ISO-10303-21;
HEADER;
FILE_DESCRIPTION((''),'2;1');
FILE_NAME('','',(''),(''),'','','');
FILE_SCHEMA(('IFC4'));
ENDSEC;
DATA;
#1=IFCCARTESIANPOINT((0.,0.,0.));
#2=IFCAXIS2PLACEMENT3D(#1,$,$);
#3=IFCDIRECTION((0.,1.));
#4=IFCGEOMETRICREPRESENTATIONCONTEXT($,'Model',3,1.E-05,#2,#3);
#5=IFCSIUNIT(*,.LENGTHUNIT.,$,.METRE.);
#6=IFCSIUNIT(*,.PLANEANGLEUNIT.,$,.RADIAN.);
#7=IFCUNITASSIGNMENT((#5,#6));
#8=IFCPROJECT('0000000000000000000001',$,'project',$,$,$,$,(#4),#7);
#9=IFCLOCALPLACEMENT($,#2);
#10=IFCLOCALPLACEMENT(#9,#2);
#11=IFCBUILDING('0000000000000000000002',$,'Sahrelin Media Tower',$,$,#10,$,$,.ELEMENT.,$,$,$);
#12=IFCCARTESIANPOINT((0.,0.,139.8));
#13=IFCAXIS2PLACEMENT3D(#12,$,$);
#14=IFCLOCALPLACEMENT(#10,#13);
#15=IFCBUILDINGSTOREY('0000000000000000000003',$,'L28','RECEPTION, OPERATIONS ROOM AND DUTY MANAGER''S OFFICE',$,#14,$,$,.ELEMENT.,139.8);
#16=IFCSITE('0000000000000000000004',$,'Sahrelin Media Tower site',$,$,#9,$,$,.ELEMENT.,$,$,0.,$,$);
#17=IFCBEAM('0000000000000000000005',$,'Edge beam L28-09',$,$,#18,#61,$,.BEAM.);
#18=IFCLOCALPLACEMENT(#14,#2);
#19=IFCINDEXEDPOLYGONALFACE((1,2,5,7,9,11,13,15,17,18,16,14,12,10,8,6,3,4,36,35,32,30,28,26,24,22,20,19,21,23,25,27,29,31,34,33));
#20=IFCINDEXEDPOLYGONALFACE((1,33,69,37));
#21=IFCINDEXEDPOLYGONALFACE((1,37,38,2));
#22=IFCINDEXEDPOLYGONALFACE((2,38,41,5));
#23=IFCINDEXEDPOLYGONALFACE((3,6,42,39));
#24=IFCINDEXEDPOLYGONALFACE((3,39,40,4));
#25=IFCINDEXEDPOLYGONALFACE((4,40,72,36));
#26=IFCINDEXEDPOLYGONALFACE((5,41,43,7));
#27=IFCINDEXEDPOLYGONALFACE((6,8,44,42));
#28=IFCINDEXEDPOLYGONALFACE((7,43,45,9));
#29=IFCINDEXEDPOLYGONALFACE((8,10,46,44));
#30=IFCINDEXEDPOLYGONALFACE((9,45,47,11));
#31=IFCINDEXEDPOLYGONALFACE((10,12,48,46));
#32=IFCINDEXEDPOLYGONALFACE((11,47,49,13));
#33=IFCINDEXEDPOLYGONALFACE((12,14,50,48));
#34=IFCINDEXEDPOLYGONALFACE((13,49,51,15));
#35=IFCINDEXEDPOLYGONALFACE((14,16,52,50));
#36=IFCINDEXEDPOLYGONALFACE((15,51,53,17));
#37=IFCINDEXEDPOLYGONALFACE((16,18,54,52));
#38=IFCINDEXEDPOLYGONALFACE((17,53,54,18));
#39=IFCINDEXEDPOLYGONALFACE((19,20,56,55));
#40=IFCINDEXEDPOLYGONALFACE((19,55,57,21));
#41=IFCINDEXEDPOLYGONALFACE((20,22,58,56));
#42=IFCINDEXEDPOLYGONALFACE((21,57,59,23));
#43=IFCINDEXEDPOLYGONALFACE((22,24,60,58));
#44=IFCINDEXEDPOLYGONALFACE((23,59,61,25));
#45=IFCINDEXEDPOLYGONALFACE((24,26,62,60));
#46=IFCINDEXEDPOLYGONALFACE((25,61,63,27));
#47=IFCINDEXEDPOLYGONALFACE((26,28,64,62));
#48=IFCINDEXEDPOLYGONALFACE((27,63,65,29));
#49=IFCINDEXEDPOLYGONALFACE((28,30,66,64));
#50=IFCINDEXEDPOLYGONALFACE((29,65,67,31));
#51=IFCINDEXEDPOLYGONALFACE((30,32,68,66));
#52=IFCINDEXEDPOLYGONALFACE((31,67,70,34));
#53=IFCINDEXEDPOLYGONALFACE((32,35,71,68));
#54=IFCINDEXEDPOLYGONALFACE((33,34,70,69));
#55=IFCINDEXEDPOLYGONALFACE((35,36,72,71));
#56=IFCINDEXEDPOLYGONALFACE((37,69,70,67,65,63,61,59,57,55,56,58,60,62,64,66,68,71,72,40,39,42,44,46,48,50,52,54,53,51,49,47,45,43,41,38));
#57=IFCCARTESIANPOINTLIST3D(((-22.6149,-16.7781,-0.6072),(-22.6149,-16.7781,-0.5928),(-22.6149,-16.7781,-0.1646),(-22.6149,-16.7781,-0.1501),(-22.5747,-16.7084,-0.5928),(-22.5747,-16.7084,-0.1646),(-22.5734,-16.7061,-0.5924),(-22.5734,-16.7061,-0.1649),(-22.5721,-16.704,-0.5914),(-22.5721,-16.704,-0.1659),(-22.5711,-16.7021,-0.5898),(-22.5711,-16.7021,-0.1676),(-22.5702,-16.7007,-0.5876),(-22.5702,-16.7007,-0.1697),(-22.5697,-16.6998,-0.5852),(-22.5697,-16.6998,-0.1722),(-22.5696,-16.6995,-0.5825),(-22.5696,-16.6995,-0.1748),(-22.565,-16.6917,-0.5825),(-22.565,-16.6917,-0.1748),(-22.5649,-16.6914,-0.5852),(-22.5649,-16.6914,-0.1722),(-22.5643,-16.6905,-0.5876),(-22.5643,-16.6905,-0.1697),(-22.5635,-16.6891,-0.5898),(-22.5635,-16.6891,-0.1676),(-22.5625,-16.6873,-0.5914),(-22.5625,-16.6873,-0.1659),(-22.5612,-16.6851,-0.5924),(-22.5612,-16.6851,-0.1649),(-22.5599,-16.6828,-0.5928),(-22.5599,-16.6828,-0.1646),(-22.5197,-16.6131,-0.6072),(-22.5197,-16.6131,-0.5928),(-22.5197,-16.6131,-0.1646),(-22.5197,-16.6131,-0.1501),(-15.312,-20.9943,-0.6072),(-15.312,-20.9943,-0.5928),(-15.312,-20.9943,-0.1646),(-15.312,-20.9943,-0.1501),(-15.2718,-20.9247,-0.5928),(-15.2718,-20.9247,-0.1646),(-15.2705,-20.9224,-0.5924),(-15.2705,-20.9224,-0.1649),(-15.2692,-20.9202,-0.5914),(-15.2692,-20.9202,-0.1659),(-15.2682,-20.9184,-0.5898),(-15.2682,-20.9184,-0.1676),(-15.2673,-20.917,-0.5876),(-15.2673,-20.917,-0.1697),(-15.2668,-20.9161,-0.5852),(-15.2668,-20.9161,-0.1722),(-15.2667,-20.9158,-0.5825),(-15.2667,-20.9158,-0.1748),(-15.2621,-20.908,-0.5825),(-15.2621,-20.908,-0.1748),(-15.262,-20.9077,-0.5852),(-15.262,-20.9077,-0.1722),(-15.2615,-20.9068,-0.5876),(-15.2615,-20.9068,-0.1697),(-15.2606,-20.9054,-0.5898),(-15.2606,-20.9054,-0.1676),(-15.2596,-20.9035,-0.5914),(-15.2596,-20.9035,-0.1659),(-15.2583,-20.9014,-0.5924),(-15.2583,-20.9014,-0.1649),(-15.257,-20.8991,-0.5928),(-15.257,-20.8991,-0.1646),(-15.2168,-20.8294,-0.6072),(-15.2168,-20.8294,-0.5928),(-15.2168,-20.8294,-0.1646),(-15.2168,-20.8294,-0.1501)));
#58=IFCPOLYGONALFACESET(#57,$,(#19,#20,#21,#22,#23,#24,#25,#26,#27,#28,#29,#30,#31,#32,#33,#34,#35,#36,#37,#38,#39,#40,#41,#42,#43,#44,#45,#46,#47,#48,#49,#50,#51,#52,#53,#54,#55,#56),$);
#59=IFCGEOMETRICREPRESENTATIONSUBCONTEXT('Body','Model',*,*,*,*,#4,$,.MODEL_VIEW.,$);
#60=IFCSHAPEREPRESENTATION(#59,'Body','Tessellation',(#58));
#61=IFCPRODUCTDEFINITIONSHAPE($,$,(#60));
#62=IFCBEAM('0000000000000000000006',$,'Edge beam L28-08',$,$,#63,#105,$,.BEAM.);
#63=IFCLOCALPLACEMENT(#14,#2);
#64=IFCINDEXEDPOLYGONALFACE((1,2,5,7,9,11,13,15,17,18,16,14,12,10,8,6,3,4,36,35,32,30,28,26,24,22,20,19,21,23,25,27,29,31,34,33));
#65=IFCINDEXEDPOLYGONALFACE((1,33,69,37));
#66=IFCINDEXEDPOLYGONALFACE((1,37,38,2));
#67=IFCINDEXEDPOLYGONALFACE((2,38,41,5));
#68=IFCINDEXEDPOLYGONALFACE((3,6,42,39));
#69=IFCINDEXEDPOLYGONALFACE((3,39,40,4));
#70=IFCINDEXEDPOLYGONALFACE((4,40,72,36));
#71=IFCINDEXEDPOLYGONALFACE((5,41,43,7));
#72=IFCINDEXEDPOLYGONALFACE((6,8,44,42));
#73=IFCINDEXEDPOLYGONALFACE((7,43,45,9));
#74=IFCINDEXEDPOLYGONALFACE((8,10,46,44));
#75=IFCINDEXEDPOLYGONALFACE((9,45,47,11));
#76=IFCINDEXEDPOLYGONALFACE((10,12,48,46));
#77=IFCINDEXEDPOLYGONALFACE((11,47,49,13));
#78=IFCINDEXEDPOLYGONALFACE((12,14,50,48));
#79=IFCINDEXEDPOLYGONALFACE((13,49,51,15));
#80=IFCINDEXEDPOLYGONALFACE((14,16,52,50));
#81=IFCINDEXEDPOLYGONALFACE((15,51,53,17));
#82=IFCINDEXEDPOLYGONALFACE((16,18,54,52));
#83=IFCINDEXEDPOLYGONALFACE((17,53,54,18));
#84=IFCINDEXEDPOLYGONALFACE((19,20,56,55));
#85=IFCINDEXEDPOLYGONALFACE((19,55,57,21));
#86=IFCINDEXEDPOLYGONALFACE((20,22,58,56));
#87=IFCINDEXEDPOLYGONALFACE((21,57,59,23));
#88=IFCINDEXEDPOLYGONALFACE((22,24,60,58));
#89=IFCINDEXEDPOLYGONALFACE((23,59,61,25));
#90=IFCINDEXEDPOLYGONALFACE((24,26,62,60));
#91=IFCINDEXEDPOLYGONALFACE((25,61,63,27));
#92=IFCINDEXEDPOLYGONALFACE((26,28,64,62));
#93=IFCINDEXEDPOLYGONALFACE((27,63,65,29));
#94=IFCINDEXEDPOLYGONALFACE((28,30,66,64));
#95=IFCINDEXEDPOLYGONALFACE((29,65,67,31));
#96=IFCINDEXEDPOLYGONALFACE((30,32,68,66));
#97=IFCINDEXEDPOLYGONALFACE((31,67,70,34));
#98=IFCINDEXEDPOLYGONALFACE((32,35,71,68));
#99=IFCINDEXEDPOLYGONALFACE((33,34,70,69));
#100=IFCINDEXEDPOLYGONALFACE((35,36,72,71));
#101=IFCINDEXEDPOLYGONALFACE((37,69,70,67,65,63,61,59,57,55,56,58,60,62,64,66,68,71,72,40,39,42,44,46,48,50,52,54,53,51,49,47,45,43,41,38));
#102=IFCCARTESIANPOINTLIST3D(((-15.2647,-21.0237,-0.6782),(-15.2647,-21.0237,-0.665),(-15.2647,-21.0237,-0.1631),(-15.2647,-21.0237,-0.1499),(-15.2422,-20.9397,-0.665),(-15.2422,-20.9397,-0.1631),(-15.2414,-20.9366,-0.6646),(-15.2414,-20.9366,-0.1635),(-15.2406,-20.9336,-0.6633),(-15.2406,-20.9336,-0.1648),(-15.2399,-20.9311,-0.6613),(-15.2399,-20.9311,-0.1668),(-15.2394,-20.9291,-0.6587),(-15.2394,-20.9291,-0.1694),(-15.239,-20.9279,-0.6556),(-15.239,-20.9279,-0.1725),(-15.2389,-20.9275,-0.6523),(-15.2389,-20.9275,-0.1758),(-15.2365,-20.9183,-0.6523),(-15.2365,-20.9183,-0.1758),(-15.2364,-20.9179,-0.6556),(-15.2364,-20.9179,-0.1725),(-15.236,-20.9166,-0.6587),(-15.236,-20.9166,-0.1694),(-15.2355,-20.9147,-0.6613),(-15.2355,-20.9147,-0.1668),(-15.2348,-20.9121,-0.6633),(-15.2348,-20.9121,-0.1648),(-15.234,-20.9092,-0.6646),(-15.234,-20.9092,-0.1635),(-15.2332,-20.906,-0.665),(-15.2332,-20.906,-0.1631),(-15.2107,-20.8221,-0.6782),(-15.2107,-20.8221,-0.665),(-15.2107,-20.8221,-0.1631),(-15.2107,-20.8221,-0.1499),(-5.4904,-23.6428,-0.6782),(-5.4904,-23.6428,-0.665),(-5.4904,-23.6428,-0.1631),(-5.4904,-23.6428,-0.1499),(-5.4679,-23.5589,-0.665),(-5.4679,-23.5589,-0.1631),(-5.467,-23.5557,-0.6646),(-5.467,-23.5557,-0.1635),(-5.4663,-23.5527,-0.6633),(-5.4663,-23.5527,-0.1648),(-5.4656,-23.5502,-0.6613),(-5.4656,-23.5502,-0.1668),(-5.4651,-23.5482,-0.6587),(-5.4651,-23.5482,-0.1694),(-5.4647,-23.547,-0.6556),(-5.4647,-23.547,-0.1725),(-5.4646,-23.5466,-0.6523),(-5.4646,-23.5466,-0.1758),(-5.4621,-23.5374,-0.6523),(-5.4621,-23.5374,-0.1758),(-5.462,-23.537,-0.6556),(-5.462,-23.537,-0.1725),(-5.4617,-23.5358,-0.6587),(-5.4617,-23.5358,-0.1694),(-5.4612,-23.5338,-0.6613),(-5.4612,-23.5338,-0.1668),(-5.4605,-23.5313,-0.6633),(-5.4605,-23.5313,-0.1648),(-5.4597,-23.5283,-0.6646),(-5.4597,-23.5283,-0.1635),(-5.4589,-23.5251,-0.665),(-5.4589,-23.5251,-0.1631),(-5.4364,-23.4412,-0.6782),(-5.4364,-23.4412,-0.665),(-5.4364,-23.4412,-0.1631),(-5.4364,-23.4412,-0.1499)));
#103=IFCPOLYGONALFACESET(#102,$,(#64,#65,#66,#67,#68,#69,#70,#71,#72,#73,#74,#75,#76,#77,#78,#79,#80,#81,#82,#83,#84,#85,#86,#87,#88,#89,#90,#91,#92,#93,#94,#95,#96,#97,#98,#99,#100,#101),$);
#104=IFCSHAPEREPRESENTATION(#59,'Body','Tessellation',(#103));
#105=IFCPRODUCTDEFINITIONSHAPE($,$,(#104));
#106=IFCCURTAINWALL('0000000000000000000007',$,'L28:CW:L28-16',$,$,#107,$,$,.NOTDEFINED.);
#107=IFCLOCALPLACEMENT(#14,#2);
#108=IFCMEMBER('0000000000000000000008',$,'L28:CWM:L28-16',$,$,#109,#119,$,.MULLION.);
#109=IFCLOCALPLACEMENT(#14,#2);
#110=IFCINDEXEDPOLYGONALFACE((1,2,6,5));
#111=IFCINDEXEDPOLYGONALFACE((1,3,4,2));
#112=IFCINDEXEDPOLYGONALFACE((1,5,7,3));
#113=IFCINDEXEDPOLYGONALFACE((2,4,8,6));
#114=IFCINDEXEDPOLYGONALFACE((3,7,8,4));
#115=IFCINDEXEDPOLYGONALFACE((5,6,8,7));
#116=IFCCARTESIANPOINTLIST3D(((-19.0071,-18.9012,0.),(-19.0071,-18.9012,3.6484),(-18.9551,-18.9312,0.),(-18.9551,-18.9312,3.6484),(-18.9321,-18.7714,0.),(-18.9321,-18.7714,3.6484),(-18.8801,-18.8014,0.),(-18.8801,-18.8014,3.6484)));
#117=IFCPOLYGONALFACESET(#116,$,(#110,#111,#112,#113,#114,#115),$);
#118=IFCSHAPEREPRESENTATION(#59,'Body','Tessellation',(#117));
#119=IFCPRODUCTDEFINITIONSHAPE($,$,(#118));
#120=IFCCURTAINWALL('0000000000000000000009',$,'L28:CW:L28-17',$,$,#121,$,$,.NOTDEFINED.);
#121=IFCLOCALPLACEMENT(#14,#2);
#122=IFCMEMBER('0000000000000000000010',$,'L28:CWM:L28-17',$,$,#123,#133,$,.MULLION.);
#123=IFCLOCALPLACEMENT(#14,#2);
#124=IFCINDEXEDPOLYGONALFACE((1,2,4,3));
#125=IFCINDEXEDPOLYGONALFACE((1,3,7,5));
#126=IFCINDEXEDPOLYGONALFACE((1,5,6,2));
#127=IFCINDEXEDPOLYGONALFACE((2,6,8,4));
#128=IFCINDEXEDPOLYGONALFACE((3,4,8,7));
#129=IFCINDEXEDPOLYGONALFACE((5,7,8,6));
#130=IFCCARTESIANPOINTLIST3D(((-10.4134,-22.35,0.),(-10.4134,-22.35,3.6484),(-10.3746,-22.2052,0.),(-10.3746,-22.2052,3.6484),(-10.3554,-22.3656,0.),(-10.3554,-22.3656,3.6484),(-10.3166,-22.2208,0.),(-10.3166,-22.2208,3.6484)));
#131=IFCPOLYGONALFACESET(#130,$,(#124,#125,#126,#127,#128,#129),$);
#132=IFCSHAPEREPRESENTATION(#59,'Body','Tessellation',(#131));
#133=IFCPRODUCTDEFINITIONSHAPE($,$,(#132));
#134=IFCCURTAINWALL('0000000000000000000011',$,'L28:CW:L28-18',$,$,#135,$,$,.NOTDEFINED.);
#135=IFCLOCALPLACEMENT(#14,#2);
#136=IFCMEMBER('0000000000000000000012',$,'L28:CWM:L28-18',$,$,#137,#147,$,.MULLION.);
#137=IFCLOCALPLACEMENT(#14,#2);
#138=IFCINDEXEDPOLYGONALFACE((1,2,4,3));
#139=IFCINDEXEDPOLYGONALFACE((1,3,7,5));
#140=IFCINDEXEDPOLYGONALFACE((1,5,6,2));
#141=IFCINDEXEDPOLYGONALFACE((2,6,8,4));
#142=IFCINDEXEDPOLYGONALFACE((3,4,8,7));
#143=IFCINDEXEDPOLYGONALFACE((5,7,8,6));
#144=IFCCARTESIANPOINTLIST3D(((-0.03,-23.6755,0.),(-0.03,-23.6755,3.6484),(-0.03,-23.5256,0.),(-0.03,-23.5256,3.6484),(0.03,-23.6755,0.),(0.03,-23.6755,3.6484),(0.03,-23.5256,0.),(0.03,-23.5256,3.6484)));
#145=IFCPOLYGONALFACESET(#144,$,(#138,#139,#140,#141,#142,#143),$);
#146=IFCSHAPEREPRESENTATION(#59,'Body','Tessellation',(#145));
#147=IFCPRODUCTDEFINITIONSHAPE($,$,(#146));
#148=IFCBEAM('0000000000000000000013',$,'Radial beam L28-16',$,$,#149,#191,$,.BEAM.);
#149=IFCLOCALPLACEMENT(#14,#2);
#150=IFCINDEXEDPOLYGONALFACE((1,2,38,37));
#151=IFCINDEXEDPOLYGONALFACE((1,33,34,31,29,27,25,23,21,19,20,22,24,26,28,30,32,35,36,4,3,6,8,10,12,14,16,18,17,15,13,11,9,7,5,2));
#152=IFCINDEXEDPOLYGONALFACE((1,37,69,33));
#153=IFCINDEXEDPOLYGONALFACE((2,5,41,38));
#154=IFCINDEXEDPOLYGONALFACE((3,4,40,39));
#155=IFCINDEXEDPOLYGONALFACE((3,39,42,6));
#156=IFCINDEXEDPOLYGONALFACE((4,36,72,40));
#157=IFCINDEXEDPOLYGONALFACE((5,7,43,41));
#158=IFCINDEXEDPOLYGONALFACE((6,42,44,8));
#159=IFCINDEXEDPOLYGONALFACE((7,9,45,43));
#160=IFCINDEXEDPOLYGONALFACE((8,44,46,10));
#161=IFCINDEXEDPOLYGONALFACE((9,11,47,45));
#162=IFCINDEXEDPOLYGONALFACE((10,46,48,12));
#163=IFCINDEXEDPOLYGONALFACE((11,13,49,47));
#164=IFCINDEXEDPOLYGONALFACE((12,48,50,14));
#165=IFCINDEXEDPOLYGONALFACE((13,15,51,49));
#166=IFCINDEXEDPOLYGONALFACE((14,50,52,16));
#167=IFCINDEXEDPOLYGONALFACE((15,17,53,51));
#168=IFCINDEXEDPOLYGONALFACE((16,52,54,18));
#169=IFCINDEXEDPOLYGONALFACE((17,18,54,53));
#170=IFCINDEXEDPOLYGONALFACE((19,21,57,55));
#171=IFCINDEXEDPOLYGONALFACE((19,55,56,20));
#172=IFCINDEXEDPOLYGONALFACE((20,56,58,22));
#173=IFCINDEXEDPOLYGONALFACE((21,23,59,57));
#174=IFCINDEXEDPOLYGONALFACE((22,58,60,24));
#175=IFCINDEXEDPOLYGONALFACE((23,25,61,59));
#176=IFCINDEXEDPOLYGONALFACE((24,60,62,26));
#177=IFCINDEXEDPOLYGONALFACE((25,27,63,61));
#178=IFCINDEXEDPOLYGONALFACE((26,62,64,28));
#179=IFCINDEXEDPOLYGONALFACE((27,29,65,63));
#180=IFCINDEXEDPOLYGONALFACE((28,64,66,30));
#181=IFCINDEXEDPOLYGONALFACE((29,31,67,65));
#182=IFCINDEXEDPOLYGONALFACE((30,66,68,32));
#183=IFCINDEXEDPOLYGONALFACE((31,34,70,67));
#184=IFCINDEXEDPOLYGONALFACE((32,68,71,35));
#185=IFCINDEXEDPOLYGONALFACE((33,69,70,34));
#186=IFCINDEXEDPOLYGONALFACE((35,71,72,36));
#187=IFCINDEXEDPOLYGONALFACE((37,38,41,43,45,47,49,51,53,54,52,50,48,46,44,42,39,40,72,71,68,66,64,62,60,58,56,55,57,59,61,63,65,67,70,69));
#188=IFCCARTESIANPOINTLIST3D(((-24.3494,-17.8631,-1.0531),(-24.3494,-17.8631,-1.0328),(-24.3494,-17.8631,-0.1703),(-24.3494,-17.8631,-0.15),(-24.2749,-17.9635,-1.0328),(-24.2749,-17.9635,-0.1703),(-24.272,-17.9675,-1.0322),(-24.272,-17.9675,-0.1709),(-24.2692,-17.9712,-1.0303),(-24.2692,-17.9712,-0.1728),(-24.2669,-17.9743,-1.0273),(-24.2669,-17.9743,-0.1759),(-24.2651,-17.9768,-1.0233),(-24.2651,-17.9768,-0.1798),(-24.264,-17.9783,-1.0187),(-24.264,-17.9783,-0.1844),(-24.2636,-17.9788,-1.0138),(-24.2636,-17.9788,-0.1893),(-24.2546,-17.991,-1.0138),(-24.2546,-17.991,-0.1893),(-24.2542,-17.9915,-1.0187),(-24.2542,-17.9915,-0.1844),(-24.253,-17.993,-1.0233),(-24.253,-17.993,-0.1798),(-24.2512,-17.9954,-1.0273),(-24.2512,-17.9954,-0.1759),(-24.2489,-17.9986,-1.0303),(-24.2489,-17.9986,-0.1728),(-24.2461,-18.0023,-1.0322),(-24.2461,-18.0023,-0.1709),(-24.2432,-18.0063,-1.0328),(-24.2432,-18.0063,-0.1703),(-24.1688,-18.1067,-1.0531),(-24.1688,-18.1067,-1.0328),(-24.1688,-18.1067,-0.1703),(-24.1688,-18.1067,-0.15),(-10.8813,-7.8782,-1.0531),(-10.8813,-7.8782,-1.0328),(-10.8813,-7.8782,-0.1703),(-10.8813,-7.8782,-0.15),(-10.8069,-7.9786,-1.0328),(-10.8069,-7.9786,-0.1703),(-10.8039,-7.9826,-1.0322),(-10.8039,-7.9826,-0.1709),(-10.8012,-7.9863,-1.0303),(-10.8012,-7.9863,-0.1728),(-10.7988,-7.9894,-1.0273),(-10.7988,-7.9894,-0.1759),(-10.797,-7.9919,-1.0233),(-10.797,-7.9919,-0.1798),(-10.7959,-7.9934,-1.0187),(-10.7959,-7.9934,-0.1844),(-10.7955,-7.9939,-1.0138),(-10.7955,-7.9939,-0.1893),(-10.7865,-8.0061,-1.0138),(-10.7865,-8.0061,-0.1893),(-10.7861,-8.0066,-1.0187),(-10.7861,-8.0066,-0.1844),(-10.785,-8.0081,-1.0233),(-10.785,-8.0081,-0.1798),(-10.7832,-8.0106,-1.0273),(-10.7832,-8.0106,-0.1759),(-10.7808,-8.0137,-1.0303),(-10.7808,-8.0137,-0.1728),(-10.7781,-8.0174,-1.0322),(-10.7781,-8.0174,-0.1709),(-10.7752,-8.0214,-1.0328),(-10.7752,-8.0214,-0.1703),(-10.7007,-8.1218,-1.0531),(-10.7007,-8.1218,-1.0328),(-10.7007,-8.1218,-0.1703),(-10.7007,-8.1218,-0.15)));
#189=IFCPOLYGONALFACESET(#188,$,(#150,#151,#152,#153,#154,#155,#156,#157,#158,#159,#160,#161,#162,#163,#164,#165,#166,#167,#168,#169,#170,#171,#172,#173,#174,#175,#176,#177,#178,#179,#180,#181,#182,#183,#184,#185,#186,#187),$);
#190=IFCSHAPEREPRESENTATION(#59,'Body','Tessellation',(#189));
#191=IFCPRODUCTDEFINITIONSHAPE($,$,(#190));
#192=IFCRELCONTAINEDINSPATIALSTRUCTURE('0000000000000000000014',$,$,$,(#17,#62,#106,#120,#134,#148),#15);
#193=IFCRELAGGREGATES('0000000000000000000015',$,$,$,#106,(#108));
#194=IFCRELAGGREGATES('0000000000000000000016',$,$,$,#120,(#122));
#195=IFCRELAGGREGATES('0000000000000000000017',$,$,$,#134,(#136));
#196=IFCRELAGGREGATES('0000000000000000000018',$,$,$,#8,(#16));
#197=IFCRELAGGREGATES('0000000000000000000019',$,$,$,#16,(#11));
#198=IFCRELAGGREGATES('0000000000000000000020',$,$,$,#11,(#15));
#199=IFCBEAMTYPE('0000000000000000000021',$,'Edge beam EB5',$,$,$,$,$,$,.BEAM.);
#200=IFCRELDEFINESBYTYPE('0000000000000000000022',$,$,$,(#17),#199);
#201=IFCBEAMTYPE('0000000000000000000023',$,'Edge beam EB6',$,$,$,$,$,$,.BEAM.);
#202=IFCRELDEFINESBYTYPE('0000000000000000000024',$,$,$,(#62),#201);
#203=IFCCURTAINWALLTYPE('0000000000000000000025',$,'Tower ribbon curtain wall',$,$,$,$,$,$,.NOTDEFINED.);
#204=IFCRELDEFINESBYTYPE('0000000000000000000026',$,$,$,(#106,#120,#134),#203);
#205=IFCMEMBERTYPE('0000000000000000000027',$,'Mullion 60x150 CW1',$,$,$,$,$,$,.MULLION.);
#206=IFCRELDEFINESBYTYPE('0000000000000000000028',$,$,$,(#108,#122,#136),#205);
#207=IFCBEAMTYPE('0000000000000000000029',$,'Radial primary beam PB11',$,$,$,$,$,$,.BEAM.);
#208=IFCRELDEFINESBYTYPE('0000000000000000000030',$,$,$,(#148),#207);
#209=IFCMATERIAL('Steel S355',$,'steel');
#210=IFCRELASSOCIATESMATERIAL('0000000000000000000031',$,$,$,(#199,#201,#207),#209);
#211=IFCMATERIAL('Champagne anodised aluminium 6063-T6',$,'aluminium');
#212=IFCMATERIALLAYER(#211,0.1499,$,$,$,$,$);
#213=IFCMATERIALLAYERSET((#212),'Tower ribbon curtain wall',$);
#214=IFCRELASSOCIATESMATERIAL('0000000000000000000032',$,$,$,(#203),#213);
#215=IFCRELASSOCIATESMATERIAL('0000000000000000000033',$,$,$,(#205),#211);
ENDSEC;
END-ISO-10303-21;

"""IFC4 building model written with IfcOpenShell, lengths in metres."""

from ifc_helpers import new_model, si_unit, direction, frame, origin, origin_2d, place, context, subcontext, project, spatial, rectangle, i_section, extrude, material, layer, layer_set, material_profile, profile_set, type_object, element, aggregate, save


model = new_model("IFC4")

# Units and contexts
model_context = context("Model", 3, precision=1e-05, world=origin(), true_north=direction((0.0, 1.0)))
body_context = subcontext(model_context, "Body", "Model", "MODEL_VIEW")
ifc_project = project(units=[si_unit("LENGTHUNIT", "METRE"), si_unit("PLANEANGLEUNIT", "RADIAN")], contexts=[model_context])

# Site, building, storey
site_placement = place(None, origin())
site = spatial("IfcSite", under=ifc_project, at=site_placement, Name="Sahrelin Media Tower site", CompositionType="ELEMENT", RefElevation=0.0)
building_placement = place(site_placement, origin())
building = spatial("IfcBuilding", under=site, at=building_placement, Name="Sahrelin Media Tower", CompositionType="ELEMENT")
storey_placement = place(building_placement, frame((0.0, 0.0, 139.8)))
storey = spatial("IfcBuildingStorey", under=building, at=storey_placement, Name="L28", Description="RECEPTION, OPERATIONS ROOM AND DUTY MANAGER'S OFFICE", CompositionType="ELEMENT", Elevation=139.8)

# Beams
ifc_material_1 = material(Name="Steel S355", Category="steel")
ifc_material_profile_1 = material_profile(ifc_material_1, i_section(OverallWidth=0.1904, OverallDepth=0.457, WebThickness=0.009, FlangeThickness=0.0144, FilletRadius=0.0103, at=origin_2d()), Name="UB 457x191x74")
ifc_profile_set_1 = profile_set([ifc_material_profile_1], Name="Steel S355")
beam_type_1 = type_object("IfcBeamType", Name="Edge beam EB5", PredefinedType="BEAM", material=ifc_profile_set_1)
beam_1_placement = place(storey_placement, frame((-15.2644, -20.9119, -0.3787), z_axis=(-0.866029, 0.499994, 0.0), x_axis=(-0.499994, -0.866029, 0.0)))
element("IfcBeam", 1, at=beam_1_placement, inside=storey, type_object=beam_type_1, Name="Edge beam L28-09", PredefinedType="BEAM", context=body_context, shape_type="SweptSolid", body=[
    extrude(i_section(OverallWidth=0.1904, OverallDepth=0.457, WebThickness=0.009, FlangeThickness=0.0144, FilletRadius=0.0103, at=origin_2d()), origin(), (0.0, 0.0, 1.0), 8.4326),
])
ifc_material_profile_2 = material_profile(ifc_material_1, i_section(OverallWidth=0.2087, OverallDepth=0.5283, WebThickness=0.0095, FlangeThickness=0.0132, FilletRadius=0.0127, at=origin_2d()), Name="UB 533x210x82")
ifc_profile_set_2 = profile_set([ifc_material_profile_2], Name="Steel S355")
beam_type_2 = type_object("IfcBeamType", Name="Edge beam EB6", PredefinedType="BEAM", material=ifc_profile_set_2)
beam_2_placement = place(storey_placement, frame((-5.4634, -23.542, -0.4141), z_axis=(-0.965923, 0.258828, 0.0), x_axis=(-0.258828, -0.965923, 0.0)))
element("IfcBeam", 2, at=beam_2_placement, inside=storey, type_object=beam_type_2, Name="Edge beam L28-08", PredefinedType="BEAM", context=body_context, shape_type="SweptSolid", body=[
    extrude(i_section(OverallWidth=0.2087, OverallDepth=0.5283, WebThickness=0.0095, FlangeThickness=0.0132, FilletRadius=0.0127, at=origin_2d()), origin(), (0.0, 0.0, 1.0), 10.1191),
])

# Curtain walls, members
ifc_material_2 = material(Name="Champagne anodised aluminium 6063-T6", Category="aluminium")
ifc_layer_1 = layer(ifc_material_2, 0.1499)
ifc_layer_set_1 = layer_set([ifc_layer_1], Name="Tower ribbon curtain wall")
curtain_wall_type = type_object("IfcCurtainWallType", Name="Tower ribbon curtain wall", PredefinedType="NOTDEFINED", material=ifc_layer_set_1)
curtain_wall_1_placement = place(storey_placement, frame((-18.991, -18.9336, 0.0), z_axis=(0.0, 0.0, 1.0), x_axis=(1.0, 0.0, 0.0)))
curtain_wall_1 = element("IfcCurtainWall", 3, at=curtain_wall_1_placement, inside=storey, type_object=curtain_wall_type, Name="L28:CW:L28-16", PredefinedType="NOTDEFINED")
ifc_material_profile_3 = material_profile(ifc_material_2, rectangle(XDim=0.0601, YDim=0.1499, at=origin_2d()), Name="Mullion 60x150")
ifc_profile_set_3 = profile_set([ifc_material_profile_3], Name="Champagne anodised aluminium 6063-T6")
member_type_1 = type_object("IfcMemberType", Name="Mullion 60x150 CW1", PredefinedType="MULLION", material=ifc_profile_set_3)
member_1_placement = place(storey_placement, frame((-18.9436, -18.8513, 0.0), z_axis=(0.0, 0.0, 1.0), x_axis=(0.866027, -0.499997, 0.0)))
member_1 = element("IfcMember", 4, at=member_1_placement, type_object=member_type_1, Name="L28:CWM:L28-16", PredefinedType="MULLION", context=body_context, shape_type="SweptSolid", body=[
    extrude(rectangle(XDim=0.0601, YDim=0.1499, at=origin_2d()), origin(), (0.0, 0.0, 1.0), 3.6484),
])
aggregate(curtain_wall_1, [member_1])
curtain_wall_2_placement = place(storey_placement, frame((-10.3894, -22.3772, 0.0), z_axis=(0.0, 0.0, 1.0), x_axis=(1.0, 0.0, 0.0)))
curtain_wall_2 = element("IfcCurtainWall", 5, at=curtain_wall_2_placement, inside=storey, type_object=curtain_wall_type, Name="L28:CW:L28-17", PredefinedType="NOTDEFINED")
member_2_placement = place(storey_placement, frame((-10.365, -22.2854, 0.0), z_axis=(0.0, 0.0, 1.0), x_axis=(0.965926, -0.258819, 0.0)))
member_2 = element("IfcMember", 6, at=member_2_placement, type_object=member_type_1, Name="L28:CWM:L28-17", PredefinedType="MULLION", context=body_context, shape_type="SweptSolid", body=[
    extrude(rectangle(XDim=0.0601, YDim=0.1499, at=origin_2d()), origin(), (0.0, 0.0, 1.0), 3.6484),
])
curtain_wall_3_placement = place(storey_placement, frame((0.0, -23.6958, 0.0), z_axis=(0.0, 0.0, 1.0), x_axis=(1.0, 0.0, 0.0)))
curtain_wall_3 = element("IfcCurtainWall", 7, at=curtain_wall_3_placement, inside=storey, type_object=curtain_wall_type, Name="L28:CW:L28-18", PredefinedType="NOTDEFINED")
member_3_placement = place(storey_placement, frame((0.0, -23.6006, 0.0), z_axis=(0.0, 0.0, 1.0), x_axis=(1.0, 0.0, 0.0)))
member_3 = element("IfcMember", 8, at=member_3_placement, type_object=member_type_1, Name="L28:CWM:L28-18", PredefinedType="MULLION", context=body_context, shape_type="SweptSolid", body=[
    extrude(rectangle(XDim=0.0601, YDim=0.1499, at=origin_2d()), origin(), (0.0, 0.0, 1.0), 3.6484),
])

# Beam
ifc_material_profile_4 = material_profile(ifc_material_1, i_section(OverallWidth=0.3032, OverallDepth=0.9031, WebThickness=0.0151, FlangeThickness=0.0203, FilletRadius=0.019, at=origin_2d()), Name="UB 914x305x201")
ifc_profile_set_4 = profile_set([ifc_material_profile_4], Name="Steel S355")
beam_type_3 = type_object("IfcBeamType", Name="Radial primary beam PB11", PredefinedType="BEAM", material=ifc_profile_set_4)
beam_3_placement = place(storey_placement, frame((-10.791, -8.0, -0.6016), z_axis=(-0.803313, -0.595557, 0.0), x_axis=(0.595557, -0.803313, 0.0)))
element("IfcBeam", 9, at=beam_3_placement, inside=storey, type_object=beam_type_3, Name="Radial beam L28-16", PredefinedType="BEAM", context=body_context, shape_type="SweptSolid", body=[
    extrude(i_section(OverallWidth=0.3032, OverallDepth=0.9031, WebThickness=0.0151, FlangeThickness=0.0203, FilletRadius=0.019, at=origin_2d()), origin(), (0.0, 0.0, 1.0), 16.7656),
])

aggregate(curtain_wall_2, [member_2])
aggregate(curtain_wall_3, [member_3])

save(model, "model.ifc")
